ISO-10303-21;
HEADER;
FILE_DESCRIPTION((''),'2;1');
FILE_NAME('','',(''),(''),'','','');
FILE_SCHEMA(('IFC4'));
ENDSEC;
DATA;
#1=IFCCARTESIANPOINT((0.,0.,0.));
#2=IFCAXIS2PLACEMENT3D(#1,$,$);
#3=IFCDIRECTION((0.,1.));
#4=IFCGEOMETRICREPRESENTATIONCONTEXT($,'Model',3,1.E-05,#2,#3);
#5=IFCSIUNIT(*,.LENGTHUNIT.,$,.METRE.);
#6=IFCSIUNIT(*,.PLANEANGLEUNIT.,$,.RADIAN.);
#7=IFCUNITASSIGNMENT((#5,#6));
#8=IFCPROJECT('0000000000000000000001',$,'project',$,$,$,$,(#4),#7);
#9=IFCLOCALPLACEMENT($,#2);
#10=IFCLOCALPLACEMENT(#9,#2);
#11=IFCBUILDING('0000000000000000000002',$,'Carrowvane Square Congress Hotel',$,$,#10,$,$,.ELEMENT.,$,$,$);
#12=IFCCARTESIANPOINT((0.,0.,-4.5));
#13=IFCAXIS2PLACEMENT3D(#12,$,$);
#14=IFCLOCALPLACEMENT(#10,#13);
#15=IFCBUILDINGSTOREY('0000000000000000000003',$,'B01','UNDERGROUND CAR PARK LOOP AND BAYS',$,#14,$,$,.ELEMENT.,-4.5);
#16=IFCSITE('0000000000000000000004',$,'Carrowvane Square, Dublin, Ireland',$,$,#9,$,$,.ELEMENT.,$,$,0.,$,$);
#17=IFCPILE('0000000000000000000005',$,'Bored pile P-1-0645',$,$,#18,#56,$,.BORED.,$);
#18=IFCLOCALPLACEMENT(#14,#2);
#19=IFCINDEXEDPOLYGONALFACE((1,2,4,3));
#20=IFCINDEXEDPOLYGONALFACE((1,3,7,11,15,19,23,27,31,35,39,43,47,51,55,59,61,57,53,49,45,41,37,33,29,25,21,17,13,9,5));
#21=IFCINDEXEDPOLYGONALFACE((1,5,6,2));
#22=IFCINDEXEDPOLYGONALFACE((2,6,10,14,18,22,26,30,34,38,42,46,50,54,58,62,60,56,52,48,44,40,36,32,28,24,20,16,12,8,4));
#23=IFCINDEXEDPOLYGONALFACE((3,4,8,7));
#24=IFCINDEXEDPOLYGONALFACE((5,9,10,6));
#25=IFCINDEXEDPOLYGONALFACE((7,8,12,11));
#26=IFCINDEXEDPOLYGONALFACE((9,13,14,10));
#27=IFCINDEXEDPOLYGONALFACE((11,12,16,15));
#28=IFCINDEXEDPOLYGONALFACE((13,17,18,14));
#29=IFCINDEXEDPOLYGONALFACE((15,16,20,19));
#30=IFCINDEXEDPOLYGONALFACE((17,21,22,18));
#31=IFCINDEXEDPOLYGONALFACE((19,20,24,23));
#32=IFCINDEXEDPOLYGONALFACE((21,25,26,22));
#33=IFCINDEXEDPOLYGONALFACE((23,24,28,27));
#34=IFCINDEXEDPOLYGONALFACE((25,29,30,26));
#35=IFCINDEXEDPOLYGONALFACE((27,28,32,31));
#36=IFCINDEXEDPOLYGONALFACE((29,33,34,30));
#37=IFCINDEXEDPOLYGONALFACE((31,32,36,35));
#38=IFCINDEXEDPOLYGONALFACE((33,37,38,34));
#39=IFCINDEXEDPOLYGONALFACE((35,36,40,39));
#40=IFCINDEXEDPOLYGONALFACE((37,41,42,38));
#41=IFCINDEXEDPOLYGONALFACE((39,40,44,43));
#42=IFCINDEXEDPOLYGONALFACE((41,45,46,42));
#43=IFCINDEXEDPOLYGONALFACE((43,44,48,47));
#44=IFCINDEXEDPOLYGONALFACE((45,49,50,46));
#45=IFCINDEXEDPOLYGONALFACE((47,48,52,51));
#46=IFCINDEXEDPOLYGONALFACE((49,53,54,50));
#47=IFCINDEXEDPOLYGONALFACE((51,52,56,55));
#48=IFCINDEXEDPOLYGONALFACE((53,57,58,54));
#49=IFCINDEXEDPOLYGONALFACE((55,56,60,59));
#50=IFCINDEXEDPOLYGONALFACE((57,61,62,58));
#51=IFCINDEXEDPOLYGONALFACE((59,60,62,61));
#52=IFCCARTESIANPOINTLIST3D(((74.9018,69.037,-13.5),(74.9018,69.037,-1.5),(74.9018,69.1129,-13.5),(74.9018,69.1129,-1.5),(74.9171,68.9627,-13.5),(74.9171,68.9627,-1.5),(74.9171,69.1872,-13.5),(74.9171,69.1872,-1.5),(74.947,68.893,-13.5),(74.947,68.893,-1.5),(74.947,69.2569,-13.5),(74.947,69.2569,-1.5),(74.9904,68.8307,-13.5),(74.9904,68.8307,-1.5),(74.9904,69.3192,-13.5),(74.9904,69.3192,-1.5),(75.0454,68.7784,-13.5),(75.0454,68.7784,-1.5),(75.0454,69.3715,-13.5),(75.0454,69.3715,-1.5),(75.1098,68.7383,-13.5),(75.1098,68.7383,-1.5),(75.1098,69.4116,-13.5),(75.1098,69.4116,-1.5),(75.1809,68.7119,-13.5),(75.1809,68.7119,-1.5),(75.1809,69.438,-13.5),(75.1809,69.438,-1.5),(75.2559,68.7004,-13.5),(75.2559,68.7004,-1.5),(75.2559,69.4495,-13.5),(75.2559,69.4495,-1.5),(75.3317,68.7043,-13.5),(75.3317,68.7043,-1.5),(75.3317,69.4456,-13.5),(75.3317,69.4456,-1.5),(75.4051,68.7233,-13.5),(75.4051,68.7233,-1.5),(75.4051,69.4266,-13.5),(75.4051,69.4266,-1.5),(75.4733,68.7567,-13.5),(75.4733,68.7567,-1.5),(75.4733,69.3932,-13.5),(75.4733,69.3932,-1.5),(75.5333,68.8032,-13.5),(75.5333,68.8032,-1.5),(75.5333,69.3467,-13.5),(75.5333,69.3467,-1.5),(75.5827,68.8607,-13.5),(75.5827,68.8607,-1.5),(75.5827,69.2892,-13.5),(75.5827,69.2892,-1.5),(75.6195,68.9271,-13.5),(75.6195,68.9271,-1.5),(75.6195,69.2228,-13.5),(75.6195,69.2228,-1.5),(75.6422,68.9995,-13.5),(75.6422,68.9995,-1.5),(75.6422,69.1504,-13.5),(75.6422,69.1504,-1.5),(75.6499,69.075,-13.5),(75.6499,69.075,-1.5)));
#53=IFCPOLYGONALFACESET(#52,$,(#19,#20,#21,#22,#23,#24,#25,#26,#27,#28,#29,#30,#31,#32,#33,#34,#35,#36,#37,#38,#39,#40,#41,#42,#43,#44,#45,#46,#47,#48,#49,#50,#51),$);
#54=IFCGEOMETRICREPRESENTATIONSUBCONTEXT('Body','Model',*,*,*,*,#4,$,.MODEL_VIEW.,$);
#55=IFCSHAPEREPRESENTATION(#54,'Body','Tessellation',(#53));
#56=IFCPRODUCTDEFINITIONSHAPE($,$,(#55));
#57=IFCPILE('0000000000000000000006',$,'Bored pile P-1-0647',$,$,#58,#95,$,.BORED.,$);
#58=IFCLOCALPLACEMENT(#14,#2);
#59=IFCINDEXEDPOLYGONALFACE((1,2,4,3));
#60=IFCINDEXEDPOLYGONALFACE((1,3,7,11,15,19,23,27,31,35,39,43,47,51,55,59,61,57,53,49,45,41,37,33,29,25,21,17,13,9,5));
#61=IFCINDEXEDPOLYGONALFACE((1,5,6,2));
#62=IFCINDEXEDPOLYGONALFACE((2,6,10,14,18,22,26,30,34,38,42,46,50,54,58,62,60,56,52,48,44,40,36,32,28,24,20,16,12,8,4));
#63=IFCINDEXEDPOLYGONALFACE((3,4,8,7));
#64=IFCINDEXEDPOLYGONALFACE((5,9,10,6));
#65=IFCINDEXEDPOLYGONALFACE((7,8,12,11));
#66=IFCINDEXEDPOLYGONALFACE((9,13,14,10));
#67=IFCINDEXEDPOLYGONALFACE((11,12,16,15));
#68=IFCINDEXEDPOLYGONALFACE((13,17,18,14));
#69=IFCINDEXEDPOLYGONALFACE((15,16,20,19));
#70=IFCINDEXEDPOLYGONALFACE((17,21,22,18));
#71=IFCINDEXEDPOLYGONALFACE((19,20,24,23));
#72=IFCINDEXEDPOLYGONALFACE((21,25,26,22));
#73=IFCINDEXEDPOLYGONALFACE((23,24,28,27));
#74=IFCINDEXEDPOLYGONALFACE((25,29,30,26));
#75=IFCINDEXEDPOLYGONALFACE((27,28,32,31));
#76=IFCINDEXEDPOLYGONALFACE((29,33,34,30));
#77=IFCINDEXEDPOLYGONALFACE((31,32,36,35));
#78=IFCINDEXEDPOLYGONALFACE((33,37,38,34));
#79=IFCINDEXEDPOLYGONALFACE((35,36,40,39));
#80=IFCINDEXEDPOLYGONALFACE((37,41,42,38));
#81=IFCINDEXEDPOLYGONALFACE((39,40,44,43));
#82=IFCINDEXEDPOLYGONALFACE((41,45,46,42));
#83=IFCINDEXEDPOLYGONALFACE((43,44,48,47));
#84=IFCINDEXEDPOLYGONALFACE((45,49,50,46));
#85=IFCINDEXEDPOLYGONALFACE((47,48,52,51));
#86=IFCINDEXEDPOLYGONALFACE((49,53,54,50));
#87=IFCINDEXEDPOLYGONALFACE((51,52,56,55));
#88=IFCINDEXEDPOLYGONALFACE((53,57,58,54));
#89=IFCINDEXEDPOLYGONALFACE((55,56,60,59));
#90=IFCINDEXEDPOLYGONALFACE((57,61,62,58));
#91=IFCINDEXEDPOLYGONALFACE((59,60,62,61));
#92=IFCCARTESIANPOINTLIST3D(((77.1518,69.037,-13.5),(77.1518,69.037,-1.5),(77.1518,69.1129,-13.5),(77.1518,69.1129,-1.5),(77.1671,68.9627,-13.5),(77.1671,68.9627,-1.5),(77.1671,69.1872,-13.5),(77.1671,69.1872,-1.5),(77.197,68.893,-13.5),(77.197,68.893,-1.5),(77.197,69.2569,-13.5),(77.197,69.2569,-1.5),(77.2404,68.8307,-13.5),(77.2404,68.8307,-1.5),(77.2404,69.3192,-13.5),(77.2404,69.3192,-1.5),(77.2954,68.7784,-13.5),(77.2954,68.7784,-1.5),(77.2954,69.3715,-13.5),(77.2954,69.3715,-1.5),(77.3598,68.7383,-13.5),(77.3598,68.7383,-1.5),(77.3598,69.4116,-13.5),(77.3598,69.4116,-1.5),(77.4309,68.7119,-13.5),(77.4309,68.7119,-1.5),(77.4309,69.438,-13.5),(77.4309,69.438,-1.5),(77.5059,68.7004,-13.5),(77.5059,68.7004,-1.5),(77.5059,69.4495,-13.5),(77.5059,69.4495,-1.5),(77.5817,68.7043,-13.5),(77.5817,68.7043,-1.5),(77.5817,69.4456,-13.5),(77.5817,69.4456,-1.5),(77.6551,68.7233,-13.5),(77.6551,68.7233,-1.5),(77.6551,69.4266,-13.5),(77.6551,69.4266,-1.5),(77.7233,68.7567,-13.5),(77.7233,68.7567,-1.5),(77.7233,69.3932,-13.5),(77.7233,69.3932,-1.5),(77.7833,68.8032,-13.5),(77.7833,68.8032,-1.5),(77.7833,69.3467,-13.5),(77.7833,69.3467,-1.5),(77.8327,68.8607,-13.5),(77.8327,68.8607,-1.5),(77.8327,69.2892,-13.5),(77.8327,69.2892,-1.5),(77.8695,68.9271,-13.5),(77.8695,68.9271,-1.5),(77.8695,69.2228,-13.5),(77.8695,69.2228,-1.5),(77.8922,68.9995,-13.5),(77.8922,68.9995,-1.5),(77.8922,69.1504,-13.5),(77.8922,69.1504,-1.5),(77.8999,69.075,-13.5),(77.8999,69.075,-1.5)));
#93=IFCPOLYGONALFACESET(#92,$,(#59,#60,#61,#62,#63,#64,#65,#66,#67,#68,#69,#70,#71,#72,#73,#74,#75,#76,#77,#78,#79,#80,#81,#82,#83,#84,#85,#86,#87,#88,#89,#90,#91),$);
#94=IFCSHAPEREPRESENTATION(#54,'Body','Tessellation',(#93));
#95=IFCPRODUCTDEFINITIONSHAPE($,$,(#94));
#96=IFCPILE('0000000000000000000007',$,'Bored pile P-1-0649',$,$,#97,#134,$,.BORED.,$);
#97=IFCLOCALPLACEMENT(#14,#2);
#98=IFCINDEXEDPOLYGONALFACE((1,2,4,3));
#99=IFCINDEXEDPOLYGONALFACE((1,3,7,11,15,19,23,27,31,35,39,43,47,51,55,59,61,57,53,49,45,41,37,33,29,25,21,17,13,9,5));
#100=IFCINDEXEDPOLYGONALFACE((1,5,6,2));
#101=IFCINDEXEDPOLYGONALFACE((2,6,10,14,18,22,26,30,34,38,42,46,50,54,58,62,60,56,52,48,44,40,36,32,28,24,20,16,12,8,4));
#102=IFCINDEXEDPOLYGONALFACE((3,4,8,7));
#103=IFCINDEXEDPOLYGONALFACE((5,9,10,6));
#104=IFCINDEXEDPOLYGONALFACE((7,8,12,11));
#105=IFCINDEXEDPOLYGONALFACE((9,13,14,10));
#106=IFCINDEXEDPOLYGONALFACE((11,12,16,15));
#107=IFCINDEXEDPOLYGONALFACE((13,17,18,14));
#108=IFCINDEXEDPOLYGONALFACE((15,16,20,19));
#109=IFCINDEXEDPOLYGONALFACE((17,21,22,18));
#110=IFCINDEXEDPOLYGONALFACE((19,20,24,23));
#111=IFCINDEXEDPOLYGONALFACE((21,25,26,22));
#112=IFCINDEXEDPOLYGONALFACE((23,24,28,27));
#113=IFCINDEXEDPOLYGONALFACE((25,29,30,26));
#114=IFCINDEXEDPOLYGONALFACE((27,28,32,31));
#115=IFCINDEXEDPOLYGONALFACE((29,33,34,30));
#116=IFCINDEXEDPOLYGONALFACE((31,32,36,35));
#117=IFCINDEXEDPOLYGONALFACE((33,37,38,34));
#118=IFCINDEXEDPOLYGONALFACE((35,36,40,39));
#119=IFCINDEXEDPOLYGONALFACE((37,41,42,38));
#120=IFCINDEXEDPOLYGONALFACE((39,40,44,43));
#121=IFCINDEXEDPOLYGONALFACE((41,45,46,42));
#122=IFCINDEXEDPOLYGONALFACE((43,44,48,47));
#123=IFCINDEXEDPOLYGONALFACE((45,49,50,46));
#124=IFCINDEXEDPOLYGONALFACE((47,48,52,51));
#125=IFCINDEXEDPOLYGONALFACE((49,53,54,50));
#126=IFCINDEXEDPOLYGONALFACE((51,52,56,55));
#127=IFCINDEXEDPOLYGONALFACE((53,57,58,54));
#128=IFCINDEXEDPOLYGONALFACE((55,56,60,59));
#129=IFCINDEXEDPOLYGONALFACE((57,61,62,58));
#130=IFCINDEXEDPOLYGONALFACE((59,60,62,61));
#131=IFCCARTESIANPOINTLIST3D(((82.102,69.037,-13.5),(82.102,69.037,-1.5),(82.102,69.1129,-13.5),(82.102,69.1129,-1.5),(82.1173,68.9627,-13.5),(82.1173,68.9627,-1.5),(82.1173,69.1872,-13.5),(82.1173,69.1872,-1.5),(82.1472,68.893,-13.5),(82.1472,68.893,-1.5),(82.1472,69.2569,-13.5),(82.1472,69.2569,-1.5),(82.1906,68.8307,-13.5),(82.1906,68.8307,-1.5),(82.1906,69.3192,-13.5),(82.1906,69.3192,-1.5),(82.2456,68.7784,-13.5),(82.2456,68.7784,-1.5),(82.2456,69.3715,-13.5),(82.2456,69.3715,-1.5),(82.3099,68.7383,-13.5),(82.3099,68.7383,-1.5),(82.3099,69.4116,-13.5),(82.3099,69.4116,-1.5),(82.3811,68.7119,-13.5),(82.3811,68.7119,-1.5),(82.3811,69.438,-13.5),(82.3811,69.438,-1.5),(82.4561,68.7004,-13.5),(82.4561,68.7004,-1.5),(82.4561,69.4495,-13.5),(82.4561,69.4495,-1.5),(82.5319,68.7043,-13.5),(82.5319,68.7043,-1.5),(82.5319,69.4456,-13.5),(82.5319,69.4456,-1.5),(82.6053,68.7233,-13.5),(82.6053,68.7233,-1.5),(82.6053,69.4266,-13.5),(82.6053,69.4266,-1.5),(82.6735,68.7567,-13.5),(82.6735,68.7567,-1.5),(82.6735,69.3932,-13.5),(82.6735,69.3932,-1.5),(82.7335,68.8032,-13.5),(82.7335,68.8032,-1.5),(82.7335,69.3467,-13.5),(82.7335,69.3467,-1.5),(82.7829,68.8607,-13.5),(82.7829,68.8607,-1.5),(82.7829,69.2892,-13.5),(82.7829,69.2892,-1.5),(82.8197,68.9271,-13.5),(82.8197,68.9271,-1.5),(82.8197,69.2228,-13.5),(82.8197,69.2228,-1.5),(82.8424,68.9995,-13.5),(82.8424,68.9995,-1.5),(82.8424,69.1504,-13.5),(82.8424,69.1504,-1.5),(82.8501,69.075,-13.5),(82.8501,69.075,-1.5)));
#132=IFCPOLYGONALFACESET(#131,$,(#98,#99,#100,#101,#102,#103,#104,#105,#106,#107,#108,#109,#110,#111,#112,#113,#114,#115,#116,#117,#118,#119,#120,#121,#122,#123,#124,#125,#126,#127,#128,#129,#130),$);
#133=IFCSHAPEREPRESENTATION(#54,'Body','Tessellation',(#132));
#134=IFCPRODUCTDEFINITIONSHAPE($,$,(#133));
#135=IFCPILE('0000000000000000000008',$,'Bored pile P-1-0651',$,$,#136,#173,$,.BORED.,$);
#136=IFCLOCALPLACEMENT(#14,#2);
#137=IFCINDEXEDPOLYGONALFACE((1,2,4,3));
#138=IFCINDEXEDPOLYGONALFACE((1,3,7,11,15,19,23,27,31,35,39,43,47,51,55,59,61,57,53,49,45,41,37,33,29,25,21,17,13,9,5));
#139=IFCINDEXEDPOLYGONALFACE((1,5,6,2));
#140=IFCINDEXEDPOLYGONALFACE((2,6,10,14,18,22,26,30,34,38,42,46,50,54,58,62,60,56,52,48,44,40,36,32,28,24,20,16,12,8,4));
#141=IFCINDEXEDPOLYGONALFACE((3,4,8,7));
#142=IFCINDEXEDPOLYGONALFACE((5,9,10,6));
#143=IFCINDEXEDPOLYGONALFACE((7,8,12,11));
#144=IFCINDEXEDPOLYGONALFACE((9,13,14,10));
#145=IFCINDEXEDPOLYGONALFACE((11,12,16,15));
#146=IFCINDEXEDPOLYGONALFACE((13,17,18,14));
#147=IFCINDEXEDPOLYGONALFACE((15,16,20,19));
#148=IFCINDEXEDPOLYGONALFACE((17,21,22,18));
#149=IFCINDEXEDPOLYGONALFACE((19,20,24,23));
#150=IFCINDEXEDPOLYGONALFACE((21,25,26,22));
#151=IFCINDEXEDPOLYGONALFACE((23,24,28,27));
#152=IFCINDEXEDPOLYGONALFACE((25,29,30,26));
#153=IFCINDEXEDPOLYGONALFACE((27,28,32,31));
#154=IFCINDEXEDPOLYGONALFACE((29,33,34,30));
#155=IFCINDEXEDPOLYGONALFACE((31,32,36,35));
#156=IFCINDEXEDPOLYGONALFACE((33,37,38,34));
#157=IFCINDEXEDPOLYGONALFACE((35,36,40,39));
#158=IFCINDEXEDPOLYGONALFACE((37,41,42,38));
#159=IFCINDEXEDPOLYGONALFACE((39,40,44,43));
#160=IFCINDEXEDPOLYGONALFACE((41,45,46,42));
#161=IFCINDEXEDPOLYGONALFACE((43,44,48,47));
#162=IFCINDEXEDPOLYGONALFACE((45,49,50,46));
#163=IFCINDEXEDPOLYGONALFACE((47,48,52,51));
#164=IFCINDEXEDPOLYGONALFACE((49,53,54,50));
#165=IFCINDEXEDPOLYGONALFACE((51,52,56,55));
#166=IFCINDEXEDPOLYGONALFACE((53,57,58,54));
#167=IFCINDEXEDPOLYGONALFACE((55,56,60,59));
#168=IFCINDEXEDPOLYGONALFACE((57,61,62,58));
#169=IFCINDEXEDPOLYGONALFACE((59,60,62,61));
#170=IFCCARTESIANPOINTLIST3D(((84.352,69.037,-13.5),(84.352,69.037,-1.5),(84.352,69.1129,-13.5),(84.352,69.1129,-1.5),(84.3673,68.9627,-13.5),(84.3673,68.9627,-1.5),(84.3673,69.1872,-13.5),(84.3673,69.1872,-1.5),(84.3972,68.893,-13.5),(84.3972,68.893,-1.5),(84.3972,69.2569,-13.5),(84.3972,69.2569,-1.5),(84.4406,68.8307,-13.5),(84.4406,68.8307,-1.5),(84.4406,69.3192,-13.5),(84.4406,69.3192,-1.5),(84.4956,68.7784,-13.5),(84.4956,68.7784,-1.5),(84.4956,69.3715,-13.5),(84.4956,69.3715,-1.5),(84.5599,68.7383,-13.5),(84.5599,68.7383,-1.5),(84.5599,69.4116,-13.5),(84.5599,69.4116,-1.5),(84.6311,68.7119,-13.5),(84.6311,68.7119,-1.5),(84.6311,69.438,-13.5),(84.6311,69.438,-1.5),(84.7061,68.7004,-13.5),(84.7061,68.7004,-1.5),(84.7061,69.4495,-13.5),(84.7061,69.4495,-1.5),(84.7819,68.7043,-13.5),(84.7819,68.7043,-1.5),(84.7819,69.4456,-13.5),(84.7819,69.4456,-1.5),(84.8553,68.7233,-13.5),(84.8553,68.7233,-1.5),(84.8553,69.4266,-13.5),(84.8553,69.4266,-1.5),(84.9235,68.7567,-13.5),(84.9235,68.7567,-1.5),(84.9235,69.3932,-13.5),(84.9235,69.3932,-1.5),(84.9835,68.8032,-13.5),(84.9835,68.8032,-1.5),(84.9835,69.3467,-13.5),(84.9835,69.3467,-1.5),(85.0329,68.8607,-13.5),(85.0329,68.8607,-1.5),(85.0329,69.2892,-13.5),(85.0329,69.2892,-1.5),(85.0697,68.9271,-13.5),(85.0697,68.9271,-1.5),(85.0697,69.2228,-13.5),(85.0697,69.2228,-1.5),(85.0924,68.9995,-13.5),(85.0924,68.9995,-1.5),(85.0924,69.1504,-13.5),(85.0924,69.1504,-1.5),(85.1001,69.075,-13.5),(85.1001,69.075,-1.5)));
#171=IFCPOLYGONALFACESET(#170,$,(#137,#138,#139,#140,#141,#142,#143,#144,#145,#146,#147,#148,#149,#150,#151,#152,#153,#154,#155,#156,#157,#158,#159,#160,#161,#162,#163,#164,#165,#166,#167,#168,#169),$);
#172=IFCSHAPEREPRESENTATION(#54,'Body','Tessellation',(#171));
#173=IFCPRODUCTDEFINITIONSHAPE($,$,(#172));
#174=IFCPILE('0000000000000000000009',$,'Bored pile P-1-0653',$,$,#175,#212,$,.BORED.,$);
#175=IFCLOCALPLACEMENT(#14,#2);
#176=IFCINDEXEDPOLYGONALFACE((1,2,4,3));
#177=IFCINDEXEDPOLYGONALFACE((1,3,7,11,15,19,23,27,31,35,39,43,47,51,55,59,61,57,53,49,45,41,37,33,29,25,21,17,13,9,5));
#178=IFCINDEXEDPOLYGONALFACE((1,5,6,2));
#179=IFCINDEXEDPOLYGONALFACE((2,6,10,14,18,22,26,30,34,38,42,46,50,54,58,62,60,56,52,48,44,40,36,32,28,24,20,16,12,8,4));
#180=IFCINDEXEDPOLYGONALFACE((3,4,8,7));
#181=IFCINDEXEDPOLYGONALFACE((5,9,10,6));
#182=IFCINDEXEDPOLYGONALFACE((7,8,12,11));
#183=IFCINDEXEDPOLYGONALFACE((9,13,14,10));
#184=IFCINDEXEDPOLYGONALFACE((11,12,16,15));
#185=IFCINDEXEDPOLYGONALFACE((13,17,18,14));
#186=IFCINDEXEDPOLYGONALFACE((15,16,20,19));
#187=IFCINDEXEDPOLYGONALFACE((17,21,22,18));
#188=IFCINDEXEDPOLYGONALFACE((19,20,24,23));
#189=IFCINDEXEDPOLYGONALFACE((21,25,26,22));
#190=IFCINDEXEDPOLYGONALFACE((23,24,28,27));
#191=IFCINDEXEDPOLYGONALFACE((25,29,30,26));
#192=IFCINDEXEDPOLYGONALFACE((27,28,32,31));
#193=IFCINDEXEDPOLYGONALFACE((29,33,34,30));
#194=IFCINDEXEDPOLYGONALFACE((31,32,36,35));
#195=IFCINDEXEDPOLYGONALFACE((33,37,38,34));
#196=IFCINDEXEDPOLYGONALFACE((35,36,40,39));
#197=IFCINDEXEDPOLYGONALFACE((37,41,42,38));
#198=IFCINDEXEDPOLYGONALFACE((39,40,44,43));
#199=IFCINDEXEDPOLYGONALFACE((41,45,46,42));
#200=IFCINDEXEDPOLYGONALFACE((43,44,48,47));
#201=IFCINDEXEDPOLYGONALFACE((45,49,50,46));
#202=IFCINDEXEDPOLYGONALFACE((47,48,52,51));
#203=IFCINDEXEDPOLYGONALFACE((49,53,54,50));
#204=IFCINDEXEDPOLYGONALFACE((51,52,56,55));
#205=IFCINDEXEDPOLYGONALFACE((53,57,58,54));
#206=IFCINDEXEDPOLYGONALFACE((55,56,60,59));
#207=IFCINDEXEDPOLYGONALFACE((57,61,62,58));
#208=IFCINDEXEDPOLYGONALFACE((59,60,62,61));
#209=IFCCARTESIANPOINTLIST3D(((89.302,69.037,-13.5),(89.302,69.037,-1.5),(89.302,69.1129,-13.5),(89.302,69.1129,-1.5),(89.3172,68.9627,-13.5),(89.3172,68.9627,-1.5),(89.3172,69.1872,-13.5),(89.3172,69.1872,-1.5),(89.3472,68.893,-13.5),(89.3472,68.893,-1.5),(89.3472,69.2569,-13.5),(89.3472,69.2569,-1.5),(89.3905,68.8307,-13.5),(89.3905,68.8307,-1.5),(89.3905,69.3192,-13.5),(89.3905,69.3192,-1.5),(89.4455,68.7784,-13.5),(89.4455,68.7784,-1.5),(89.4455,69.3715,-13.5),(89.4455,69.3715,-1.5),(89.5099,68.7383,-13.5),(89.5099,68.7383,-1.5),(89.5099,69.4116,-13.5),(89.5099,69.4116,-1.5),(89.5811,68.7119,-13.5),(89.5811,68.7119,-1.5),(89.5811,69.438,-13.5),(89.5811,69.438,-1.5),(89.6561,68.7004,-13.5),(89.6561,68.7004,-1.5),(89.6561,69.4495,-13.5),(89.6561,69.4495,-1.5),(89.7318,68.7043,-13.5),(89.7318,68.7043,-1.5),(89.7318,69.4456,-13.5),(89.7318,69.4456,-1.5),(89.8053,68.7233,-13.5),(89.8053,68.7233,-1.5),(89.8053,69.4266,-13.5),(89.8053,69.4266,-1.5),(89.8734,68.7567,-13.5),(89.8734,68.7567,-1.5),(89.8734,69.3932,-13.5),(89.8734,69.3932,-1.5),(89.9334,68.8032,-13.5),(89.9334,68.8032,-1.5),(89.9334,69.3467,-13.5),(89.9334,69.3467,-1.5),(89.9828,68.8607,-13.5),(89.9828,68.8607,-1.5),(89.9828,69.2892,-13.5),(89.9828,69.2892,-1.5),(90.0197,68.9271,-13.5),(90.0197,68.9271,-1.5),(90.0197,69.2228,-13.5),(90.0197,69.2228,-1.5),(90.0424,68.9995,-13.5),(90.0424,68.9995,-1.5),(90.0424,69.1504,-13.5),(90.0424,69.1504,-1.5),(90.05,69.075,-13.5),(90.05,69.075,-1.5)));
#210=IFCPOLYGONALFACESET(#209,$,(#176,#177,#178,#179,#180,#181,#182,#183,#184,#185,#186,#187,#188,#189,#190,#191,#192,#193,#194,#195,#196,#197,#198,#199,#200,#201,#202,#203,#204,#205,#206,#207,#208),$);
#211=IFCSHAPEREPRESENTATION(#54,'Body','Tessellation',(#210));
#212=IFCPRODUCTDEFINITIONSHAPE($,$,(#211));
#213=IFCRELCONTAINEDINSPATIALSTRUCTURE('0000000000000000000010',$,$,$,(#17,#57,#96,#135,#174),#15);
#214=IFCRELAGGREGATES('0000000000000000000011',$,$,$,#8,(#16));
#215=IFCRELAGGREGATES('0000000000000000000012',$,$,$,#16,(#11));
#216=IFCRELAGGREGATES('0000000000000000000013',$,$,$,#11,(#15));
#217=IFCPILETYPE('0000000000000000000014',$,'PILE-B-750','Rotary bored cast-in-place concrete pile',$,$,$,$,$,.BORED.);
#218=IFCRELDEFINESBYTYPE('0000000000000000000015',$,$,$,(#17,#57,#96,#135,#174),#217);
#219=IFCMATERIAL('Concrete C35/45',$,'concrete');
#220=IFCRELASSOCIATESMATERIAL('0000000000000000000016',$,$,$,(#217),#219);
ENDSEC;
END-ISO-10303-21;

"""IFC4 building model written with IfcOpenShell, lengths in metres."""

from ifc_helpers import new_model, si_unit, direction, frame, origin, origin_2d, place, context, subcontext, project, spatial, circle, extrude, material, material_profile, profile_set, type_object, element, save


model = new_model("IFC4")

# Units and contexts
model_context = context("Model", 3, precision=1e-05, world=origin(), true_north=direction((0.0, 1.0)))
body_context = subcontext(model_context, "Body", "Model", "MODEL_VIEW")
ifc_project = project(units=[si_unit("LENGTHUNIT", "METRE"), si_unit("PLANEANGLEUNIT", "RADIAN")], contexts=[model_context])

# Site, building, storey
site_placement = place(None, origin())
site = spatial("IfcSite", under=ifc_project, at=site_placement, Name="Carrowvane Square, Dublin, Ireland", CompositionType="ELEMENT", RefElevation=0.0)
building_placement = place(site_placement, origin())
building = spatial("IfcBuilding", under=site, at=building_placement, Name="Carrowvane Square Congress Hotel", CompositionType="ELEMENT")
storey_placement = place(building_placement, frame((0.0, 0.0, -4.5)))
storey = spatial("IfcBuildingStorey", under=building, at=storey_placement, Name="B01", Description="UNDERGROUND CAR PARK LOOP AND BAYS", CompositionType="ELEMENT", Elevation=-4.5)

# Piles
ifc_material_1 = material(Name="Concrete C35/45", Category="concrete")
ifc_material_profile_1 = material_profile(ifc_material_1, circle(Radius=0.375, at=origin_2d()), Name="PILE D750")
ifc_profile_set_1 = profile_set([ifc_material_profile_1], Name="Concrete C35/45")
pile_type = type_object("IfcPileType", Name="PILE-B-750", Description="Rotary bored cast-in-place concrete pile", PredefinedType="BORED", material=ifc_profile_set_1)
for number, where, z_axis, x_axis, name in (
    (1, (75.2749, 69.075, -1.5), (0.0, 0.0, -1.0), (1.0, 0.0, 0.0), "Bored pile P-1-0645"),
    (2, (77.5249, 69.075, -1.5), (0.0, 0.0, -1.0), (1.0, 0.0, 0.0), "Bored pile P-1-0647"),
    (3, (82.4751, 69.075, -1.5), (0.0, 0.0, -1.0), (1.0, 0.0, 0.0), "Bored pile P-1-0649"),
    (4, (84.7251, 69.075, -1.5), (0.0, 0.0, -1.0), (1.0, 0.0, 0.0), "Bored pile P-1-0651"),
    (5, (89.675, 69.075, -1.5), (0.0, 0.0, -1.0), (1.0, 0.0, 0.0), "Bored pile P-1-0653"),
):
    element("IfcPile", number, at=place(storey_placement, frame(where, z_axis=z_axis, x_axis=x_axis)), inside=storey, type_object=pile_type, Name=name, PredefinedType="BORED", context=body_context, shape_type="SweptSolid", body=[
        extrude(circle(Radius=0.375, at=origin_2d()), origin(), (0.0, 0.0, 1.0), 12.0),
    ])

save(model, "model.ifc")
